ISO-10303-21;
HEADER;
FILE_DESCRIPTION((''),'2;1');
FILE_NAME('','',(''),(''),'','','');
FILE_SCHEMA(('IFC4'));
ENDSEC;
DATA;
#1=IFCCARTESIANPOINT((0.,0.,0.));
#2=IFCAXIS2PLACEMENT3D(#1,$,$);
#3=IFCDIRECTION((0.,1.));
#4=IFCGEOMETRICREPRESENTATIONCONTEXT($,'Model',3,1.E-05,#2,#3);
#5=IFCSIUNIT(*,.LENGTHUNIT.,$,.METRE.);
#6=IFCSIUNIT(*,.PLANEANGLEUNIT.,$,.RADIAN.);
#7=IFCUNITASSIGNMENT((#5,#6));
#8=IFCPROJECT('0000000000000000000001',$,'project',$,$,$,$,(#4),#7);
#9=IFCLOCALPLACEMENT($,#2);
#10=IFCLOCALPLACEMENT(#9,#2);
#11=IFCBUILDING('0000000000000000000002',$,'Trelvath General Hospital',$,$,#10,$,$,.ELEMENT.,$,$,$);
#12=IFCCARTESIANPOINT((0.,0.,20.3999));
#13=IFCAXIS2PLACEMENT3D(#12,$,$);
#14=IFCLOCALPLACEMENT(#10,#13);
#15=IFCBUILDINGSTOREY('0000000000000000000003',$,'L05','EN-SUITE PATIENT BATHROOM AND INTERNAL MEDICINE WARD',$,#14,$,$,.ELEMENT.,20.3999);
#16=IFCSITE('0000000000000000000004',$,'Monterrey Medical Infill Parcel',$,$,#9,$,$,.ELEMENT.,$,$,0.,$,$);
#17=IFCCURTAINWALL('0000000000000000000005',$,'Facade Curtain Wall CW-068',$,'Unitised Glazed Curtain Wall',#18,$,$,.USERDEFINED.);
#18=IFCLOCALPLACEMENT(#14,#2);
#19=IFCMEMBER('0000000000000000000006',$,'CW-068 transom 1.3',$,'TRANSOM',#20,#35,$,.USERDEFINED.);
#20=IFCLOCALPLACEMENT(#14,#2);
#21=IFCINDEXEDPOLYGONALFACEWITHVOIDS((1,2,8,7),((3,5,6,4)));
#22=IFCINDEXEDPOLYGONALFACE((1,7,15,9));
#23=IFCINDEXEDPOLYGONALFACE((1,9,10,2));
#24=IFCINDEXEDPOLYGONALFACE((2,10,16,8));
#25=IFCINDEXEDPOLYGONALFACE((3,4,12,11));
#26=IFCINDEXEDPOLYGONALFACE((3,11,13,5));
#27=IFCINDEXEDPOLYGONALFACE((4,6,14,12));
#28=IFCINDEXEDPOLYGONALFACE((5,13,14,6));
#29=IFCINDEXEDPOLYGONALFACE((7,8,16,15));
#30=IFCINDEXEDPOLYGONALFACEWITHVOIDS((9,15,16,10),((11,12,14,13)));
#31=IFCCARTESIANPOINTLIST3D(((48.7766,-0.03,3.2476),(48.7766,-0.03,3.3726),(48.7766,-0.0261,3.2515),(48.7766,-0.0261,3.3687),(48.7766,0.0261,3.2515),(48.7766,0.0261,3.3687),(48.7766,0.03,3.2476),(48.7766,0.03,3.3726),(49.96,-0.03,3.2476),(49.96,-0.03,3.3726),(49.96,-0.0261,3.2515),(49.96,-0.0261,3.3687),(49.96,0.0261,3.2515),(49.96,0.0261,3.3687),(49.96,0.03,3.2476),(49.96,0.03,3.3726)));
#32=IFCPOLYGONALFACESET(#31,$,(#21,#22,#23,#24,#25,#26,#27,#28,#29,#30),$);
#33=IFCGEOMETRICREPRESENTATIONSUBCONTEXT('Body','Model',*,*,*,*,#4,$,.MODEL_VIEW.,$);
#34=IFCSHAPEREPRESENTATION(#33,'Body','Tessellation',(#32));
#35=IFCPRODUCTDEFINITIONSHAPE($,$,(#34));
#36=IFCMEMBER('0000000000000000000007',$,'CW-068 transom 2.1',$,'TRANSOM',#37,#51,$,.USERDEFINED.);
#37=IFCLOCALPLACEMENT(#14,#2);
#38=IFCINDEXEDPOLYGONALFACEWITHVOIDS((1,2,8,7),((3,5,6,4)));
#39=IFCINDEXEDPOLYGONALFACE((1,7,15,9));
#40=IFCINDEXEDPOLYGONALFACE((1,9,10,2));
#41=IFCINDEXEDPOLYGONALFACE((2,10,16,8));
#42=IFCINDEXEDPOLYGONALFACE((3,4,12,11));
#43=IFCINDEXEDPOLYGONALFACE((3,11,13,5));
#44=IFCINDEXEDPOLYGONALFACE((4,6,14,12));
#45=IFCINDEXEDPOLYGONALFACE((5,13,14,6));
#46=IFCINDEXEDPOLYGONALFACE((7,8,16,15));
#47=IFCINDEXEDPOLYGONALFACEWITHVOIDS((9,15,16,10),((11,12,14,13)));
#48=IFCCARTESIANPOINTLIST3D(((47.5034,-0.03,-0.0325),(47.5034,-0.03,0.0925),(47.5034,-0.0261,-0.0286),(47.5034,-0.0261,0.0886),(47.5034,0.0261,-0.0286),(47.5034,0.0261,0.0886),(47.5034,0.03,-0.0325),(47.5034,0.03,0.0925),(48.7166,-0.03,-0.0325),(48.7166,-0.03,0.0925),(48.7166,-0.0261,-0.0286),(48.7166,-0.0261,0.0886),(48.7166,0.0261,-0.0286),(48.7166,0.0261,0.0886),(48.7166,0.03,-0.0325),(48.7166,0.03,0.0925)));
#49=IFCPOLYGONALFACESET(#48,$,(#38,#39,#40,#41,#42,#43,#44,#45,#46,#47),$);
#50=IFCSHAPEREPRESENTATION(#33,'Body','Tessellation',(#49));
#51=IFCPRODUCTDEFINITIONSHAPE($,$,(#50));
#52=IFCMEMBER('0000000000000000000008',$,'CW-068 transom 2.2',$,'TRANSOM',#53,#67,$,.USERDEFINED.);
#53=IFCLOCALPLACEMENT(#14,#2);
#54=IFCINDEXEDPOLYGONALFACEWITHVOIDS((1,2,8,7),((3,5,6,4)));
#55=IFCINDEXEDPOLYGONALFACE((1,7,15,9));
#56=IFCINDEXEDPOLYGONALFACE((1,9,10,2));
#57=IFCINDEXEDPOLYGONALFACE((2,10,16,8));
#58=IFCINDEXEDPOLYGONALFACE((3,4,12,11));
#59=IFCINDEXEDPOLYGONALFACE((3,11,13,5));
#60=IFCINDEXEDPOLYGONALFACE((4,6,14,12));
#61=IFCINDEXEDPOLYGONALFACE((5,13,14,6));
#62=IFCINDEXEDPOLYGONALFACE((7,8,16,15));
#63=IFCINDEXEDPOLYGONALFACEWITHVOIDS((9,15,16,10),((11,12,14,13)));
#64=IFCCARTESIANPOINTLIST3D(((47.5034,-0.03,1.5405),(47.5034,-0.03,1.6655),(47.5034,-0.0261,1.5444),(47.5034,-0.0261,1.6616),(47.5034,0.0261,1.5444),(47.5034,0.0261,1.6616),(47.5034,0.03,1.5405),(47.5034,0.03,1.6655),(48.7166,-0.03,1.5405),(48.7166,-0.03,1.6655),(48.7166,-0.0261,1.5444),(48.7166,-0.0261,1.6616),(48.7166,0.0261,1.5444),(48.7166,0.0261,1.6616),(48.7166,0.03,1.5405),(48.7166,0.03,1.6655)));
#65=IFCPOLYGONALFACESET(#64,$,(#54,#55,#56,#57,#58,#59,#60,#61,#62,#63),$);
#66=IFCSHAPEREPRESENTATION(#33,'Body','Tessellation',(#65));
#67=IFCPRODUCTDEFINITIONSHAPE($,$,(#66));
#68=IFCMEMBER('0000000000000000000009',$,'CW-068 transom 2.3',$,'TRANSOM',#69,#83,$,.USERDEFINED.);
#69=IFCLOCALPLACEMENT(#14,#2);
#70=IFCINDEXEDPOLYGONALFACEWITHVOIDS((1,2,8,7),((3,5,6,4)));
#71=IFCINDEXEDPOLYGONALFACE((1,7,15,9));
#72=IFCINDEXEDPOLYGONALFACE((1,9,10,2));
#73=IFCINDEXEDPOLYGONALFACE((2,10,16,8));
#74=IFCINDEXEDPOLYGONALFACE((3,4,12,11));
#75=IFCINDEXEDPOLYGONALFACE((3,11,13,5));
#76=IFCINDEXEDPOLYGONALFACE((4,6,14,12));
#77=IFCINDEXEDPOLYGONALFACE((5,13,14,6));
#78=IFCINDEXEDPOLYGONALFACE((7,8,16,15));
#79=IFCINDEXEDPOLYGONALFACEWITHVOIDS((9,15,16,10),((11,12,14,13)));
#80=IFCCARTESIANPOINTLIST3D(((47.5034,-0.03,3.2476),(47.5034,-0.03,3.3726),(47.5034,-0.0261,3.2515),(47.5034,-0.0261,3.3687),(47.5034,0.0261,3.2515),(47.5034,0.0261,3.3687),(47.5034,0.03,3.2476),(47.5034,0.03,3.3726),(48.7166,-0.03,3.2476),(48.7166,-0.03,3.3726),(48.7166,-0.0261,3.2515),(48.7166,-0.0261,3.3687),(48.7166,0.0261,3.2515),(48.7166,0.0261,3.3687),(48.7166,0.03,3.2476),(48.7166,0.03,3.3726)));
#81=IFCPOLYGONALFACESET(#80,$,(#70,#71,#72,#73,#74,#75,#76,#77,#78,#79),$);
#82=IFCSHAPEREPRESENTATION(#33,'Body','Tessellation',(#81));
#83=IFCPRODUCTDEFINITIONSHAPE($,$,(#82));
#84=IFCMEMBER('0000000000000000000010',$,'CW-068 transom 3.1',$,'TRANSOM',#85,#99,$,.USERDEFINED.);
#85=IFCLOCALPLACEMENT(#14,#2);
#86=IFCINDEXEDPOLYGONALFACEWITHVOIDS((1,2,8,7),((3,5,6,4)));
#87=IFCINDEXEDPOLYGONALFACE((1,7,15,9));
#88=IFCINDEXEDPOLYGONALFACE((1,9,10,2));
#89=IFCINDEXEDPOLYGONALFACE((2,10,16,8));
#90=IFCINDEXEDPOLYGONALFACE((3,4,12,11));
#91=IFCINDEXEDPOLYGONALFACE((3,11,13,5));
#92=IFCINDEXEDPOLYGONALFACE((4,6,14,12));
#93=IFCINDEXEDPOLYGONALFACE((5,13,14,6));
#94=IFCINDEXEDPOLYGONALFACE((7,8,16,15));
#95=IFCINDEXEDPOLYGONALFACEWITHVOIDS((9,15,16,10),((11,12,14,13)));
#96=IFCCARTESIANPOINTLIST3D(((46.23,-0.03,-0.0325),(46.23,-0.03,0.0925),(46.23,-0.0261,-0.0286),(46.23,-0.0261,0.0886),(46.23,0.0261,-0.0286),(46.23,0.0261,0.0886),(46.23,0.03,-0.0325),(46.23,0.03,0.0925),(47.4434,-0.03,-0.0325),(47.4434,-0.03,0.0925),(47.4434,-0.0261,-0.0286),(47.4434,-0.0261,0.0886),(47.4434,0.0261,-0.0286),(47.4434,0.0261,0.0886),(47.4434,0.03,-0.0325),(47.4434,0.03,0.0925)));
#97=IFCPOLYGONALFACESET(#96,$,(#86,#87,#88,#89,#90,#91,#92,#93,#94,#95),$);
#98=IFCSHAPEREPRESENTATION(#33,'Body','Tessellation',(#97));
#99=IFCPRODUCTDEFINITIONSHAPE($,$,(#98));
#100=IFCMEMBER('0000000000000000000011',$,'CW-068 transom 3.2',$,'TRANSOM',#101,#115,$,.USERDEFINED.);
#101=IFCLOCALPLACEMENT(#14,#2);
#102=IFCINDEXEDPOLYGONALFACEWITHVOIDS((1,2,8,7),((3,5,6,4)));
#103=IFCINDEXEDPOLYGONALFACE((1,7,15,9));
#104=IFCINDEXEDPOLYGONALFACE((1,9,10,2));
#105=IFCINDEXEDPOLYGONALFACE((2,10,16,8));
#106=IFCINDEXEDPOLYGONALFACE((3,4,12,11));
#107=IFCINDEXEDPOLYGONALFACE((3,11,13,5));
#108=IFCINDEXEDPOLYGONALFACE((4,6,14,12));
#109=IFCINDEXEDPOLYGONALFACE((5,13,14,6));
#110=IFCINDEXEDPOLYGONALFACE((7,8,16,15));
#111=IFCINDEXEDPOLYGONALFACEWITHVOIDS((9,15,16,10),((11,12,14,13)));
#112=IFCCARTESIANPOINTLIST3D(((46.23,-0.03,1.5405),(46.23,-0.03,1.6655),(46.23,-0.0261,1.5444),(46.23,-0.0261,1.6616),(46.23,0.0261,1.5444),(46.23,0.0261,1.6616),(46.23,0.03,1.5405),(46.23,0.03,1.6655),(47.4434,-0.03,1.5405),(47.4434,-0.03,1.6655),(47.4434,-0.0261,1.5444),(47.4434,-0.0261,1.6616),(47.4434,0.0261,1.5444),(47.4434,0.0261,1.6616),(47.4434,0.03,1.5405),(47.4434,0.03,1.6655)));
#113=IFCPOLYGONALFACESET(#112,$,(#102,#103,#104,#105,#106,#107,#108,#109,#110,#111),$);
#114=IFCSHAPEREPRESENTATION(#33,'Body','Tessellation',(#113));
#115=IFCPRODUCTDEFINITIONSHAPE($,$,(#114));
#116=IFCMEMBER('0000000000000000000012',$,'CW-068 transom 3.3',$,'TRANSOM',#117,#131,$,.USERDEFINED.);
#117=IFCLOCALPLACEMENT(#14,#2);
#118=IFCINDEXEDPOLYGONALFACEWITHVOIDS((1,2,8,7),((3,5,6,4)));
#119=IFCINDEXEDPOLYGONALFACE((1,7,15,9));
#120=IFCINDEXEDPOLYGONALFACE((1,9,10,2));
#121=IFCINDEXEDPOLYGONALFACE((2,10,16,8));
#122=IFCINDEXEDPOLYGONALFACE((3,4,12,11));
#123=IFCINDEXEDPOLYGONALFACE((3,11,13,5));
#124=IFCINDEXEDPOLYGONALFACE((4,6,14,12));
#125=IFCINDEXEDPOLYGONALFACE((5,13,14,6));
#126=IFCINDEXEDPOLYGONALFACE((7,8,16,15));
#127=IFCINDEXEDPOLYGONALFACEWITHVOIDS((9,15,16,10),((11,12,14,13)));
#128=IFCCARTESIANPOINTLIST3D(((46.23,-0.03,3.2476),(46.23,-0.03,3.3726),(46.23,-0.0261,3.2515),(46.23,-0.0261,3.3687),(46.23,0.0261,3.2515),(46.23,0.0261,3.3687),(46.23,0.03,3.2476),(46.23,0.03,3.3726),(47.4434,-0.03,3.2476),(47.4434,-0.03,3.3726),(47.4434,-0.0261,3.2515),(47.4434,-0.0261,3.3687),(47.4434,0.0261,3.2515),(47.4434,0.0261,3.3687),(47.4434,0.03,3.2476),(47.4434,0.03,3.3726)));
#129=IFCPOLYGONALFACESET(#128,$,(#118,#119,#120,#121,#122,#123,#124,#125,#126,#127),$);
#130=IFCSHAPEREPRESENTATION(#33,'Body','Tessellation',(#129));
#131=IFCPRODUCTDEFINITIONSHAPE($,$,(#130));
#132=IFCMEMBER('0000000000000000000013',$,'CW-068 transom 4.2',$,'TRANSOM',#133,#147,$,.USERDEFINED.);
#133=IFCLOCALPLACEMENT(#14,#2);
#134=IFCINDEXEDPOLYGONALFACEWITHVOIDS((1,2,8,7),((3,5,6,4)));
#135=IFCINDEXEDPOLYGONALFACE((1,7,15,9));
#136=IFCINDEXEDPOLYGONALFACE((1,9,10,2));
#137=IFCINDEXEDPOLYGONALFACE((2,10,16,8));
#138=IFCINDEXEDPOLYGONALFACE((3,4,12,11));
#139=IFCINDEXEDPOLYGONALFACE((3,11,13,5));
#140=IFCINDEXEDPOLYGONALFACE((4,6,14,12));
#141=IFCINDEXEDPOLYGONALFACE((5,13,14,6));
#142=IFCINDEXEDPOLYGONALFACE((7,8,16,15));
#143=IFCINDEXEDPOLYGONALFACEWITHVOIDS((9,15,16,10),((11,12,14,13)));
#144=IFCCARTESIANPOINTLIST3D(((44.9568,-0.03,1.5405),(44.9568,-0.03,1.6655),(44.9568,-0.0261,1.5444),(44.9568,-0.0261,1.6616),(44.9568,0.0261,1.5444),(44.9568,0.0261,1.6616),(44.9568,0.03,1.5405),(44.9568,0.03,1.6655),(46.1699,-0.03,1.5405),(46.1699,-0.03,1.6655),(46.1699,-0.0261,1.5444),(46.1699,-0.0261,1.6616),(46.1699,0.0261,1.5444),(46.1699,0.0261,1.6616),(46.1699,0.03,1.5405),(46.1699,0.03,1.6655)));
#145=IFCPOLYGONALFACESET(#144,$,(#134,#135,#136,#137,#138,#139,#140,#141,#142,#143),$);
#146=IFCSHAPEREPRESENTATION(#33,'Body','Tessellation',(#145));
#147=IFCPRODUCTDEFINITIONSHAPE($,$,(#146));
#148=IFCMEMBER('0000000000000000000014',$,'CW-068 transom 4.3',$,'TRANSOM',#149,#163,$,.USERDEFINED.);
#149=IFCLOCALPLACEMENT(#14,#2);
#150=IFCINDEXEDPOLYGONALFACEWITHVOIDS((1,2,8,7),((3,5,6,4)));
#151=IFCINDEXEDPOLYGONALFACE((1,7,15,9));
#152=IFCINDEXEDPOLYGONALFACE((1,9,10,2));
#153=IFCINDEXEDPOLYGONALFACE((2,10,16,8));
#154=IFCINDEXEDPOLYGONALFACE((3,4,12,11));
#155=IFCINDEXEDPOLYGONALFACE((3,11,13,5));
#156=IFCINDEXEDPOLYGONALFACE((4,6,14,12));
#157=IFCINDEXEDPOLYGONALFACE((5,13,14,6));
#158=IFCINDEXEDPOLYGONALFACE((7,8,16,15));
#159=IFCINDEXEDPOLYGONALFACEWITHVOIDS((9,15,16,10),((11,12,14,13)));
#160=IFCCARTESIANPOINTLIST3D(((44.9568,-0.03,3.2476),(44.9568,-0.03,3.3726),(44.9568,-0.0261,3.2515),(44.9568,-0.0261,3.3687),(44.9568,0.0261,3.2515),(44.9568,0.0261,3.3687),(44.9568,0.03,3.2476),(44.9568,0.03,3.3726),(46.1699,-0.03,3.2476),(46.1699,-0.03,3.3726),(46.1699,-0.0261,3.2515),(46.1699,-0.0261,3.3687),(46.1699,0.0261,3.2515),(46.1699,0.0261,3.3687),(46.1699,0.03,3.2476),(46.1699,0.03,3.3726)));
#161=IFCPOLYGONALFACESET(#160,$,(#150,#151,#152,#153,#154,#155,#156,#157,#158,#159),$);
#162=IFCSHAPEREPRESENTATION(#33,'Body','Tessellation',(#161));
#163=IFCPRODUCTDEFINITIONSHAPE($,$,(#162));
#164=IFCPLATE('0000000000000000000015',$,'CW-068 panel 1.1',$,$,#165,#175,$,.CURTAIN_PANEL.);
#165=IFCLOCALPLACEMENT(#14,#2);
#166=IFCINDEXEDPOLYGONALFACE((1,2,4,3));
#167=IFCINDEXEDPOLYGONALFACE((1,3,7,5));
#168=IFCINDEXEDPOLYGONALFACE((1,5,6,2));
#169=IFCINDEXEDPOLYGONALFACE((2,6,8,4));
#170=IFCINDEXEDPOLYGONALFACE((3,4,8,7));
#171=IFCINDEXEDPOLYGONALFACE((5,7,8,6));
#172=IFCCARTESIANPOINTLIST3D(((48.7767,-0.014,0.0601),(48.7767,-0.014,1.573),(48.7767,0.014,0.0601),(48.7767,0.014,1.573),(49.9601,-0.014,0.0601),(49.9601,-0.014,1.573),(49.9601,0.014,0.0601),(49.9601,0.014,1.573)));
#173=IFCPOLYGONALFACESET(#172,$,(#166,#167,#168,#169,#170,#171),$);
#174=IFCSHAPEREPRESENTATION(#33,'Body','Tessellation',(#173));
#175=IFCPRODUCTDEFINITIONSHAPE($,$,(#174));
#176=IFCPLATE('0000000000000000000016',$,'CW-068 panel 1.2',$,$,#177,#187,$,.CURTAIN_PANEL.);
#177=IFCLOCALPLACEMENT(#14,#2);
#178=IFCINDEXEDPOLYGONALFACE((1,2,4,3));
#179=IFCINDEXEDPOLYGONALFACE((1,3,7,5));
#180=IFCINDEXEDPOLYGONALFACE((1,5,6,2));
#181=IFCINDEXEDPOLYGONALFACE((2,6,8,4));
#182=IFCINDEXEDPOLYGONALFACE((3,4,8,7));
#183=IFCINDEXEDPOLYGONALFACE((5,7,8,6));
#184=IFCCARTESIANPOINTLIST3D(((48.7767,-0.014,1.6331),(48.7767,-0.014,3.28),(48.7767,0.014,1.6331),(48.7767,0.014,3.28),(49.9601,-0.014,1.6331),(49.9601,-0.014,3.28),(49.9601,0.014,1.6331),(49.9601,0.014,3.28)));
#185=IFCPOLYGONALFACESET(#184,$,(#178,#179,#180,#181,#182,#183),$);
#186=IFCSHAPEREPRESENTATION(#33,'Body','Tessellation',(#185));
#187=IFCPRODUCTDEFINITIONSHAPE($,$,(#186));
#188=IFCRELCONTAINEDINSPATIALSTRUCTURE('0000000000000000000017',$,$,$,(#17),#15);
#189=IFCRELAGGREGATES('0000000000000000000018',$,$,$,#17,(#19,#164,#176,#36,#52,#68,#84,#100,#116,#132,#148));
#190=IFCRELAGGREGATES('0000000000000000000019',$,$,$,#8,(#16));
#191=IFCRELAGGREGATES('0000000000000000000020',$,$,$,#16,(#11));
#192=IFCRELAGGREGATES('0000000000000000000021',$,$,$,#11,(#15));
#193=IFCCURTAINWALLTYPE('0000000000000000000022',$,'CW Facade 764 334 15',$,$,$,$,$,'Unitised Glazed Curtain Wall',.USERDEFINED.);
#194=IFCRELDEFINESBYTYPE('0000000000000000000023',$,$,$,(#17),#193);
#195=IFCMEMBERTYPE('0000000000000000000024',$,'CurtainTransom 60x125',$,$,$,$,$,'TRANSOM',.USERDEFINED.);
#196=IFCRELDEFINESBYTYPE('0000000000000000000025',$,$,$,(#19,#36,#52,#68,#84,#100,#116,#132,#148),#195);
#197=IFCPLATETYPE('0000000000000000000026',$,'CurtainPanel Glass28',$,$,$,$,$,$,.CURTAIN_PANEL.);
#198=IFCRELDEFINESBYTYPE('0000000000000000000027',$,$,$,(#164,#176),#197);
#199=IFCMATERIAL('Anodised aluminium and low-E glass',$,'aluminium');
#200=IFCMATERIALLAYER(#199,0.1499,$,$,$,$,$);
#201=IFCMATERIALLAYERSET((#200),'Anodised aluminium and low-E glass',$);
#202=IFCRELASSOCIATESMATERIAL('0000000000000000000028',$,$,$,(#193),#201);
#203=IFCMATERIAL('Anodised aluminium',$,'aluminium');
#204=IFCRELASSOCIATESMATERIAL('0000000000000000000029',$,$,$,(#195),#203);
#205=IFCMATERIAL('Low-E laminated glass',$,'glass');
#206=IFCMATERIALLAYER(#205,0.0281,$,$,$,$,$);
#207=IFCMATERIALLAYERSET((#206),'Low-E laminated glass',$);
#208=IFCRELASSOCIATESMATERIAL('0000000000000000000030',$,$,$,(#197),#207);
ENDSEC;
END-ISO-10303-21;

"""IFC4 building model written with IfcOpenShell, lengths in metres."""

from ifc_helpers import new_model, si_unit, direction, frame, origin, origin_2d, place, context, subcontext, project, spatial, rectangle, hollow_rectangle, extrude, material, layer, layer_set, material_profile, profile_set, type_object, element, aggregate, save


model = new_model("IFC4")

# Units and contexts
model_context = context("Model", 3, precision=1e-05, world=origin(), true_north=direction((0.0, 1.0)))
body_context = subcontext(model_context, "Body", "Model", "MODEL_VIEW")
ifc_project = project(units=[si_unit("LENGTHUNIT", "METRE"), si_unit("PLANEANGLEUNIT", "RADIAN")], contexts=[model_context])

# Site, building, storey
site_placement = place(None, origin())
site = spatial("IfcSite", under=ifc_project, at=site_placement, Name="Monterrey Medical Infill Parcel", CompositionType="ELEMENT", RefElevation=0.0)
building_placement = place(site_placement, origin())
building = spatial("IfcBuilding", under=site, at=building_placement, Name="Trelvath General Hospital", CompositionType="ELEMENT")
storey_placement = place(building_placement, frame((0.0, 0.0, 20.3999)))
storey = spatial("IfcBuildingStorey", under=building, at=storey_placement, Name="L05", Description="EN-SUITE PATIENT BATHROOM AND INTERNAL MEDICINE WARD", CompositionType="ELEMENT", Elevation=20.3999)

# Curtain wall, members, plates
ifc_material_1 = material(Name="Anodised aluminium and low-E glass", Category="aluminium")
ifc_layer_1 = layer(ifc_material_1, 0.1499)
ifc_layer_set_1 = layer_set([ifc_layer_1], Name="Anodised aluminium and low-E glass")
curtain_wall_type = type_object("IfcCurtainWallType", Name="CW Facade 764 334 15", ElementType="Unitised Glazed Curtain Wall", PredefinedType="USERDEFINED", material=ifc_layer_set_1)
curtain_wall_placement = place(storey_placement, origin())
curtain_wall = element("IfcCurtainWall", 1, at=curtain_wall_placement, inside=storey, type_object=curtain_wall_type, Name="Facade Curtain Wall CW-068", ObjectType="Unitised Glazed Curtain Wall", PredefinedType="USERDEFINED")
ifc_material_2 = material(Name="Anodised aluminium", Category="aluminium")
ifc_material_profile_1 = material_profile(ifc_material_2, hollow_rectangle(XDim=0.0601, YDim=0.125, WallThickness=0.0039, at=origin_2d()), Name="RHS60x125x4")
ifc_profile_set_1 = profile_set([ifc_material_profile_1], Name="Anodised aluminium")
member_type_1 = type_object("IfcMemberType", Name="CurtainTransom 60x125", ElementType="TRANSOM", PredefinedType="USERDEFINED", material=ifc_profile_set_1)
member_1_placement = place(storey_placement, frame((49.96, 0.0, 3.3101), z_axis=(-1.0, 0.0, 0.0), x_axis=(0.0, -1.0, 0.0)))
member_1 = element("IfcMember", 2, at=member_1_placement, type_object=member_type_1, Name="CW-068 transom 1.3", ObjectType="TRANSOM", PredefinedType="USERDEFINED", context=body_context, shape_type="SweptSolid", body=[
    extrude(hollow_rectangle(XDim=0.0601, YDim=0.125, WallThickness=0.0039, at=origin_2d()), origin(), (0.0, 0.0, 1.0), 1.1833),
])
member_2_placement = place(storey_placement, frame((48.7166, 0.0, 0.03), z_axis=(-1.0, 0.0, 0.0), x_axis=(0.0, -1.0, 0.0)))
member_2 = element("IfcMember", 3, at=member_2_placement, type_object=member_type_1, Name="CW-068 transom 2.1", ObjectType="TRANSOM", PredefinedType="USERDEFINED", context=body_context, shape_type="SweptSolid", body=[
    extrude(hollow_rectangle(XDim=0.0601, YDim=0.125, WallThickness=0.0039, at=origin_2d()), origin(), (0.0, 0.0, 1.0), 1.2131),
])
member_3_placement = place(storey_placement, frame((48.7166, 0.0, 1.603), z_axis=(-1.0, 0.0, 0.0), x_axis=(0.0, -1.0, 0.0)))
member_3 = element("IfcMember", 4, at=member_3_placement, type_object=member_type_1, Name="CW-068 transom 2.2", ObjectType="TRANSOM", PredefinedType="USERDEFINED", context=body_context, shape_type="SweptSolid", body=[
    extrude(hollow_rectangle(XDim=0.0601, YDim=0.125, WallThickness=0.0039, at=origin_2d()), origin(), (0.0, 0.0, 1.0), 1.2131),
])
member_4_placement = place(storey_placement, frame((48.7166, 0.0, 3.3101), z_axis=(-1.0, 0.0, 0.0), x_axis=(0.0, -1.0, 0.0)))
member_4 = element("IfcMember", 5, at=member_4_placement, type_object=member_type_1, Name="CW-068 transom 2.3", ObjectType="TRANSOM", PredefinedType="USERDEFINED", context=body_context, shape_type="SweptSolid", body=[
    extrude(hollow_rectangle(XDim=0.0601, YDim=0.125, WallThickness=0.0039, at=origin_2d()), origin(), (0.0, 0.0, 1.0), 1.2131),
])
member_5_placement = place(storey_placement, frame((47.4434, 0.0, 0.03), z_axis=(-1.0, 0.0, 0.0), x_axis=(0.0, -1.0, 0.0)))
member_5 = element("IfcMember", 6, at=member_5_placement, type_object=member_type_1, Name="CW-068 transom 3.1", ObjectType="TRANSOM", PredefinedType="USERDEFINED", context=body_context, shape_type="SweptSolid", body=[
    extrude(hollow_rectangle(XDim=0.0601, YDim=0.125, WallThickness=0.0039, at=origin_2d()), origin(), (0.0, 0.0, 1.0), 1.2134),
])
member_6_placement = place(storey_placement, frame((47.4434, 0.0, 1.603), z_axis=(-1.0, 0.0, 0.0), x_axis=(0.0, -1.0, 0.0)))
member_6 = element("IfcMember", 7, at=member_6_placement, type_object=member_type_1, Name="CW-068 transom 3.2", ObjectType="TRANSOM", PredefinedType="USERDEFINED", context=body_context, shape_type="SweptSolid", body=[
    extrude(hollow_rectangle(XDim=0.0601, YDim=0.125, WallThickness=0.0039, at=origin_2d()), origin(), (0.0, 0.0, 1.0), 1.2134),
])
member_7_placement = place(storey_placement, frame((47.4434, 0.0, 3.3101), z_axis=(-1.0, 0.0, 0.0), x_axis=(0.0, -1.0, 0.0)))
member_7 = element("IfcMember", 8, at=member_7_placement, type_object=member_type_1, Name="CW-068 transom 3.3", ObjectType="TRANSOM", PredefinedType="USERDEFINED", context=body_context, shape_type="SweptSolid", body=[
    extrude(hollow_rectangle(XDim=0.0601, YDim=0.125, WallThickness=0.0039, at=origin_2d()), origin(), (0.0, 0.0, 1.0), 1.2134),
])
member_8_placement = place(storey_placement, frame((46.1699, 0.0, 1.603), z_axis=(-1.0, 0.0, 0.0), x_axis=(0.0, -1.0, 0.0)))
member_8 = element("IfcMember", 9, at=member_8_placement, type_object=member_type_1, Name="CW-068 transom 4.2", ObjectType="TRANSOM", PredefinedType="USERDEFINED", context=body_context, shape_type="SweptSolid", body=[
    extrude(hollow_rectangle(XDim=0.0601, YDim=0.125, WallThickness=0.0039, at=origin_2d()), origin(), (0.0, 0.0, 1.0), 1.2131),
])
member_9_placement = place(storey_placement, frame((46.1699, 0.0, 3.3101), z_axis=(-1.0, 0.0, 0.0), x_axis=(0.0, -1.0, 0.0)))
member_9 = element("IfcMember", 10, at=member_9_placement, type_object=member_type_1, Name="CW-068 transom 4.3", ObjectType="TRANSOM", PredefinedType="USERDEFINED", context=body_context, shape_type="SweptSolid", body=[
    extrude(hollow_rectangle(XDim=0.0601, YDim=0.125, WallThickness=0.0039, at=origin_2d()), origin(), (0.0, 0.0, 1.0), 1.2131),
])
ifc_material_3 = material(Name="Low-E laminated glass", Category="glass")
ifc_layer_2 = layer(ifc_material_3, 0.0281)
ifc_layer_set_2 = layer_set([ifc_layer_2], Name="Low-E laminated glass")
plate_type = type_object("IfcPlateType", Name="CurtainPanel Glass28", PredefinedType="CURTAIN_PANEL", material=ifc_layer_set_2)
plate_1_placement = place(storey_placement, frame((49.3684, 0.0, 0.0601), z_axis=(0.0, 0.0, 1.0), x_axis=(-1.0, 0.0, 0.0)))
plate_1 = element("IfcPlate", 11, at=plate_1_placement, type_object=plate_type, Name="CW-068 panel 1.1", PredefinedType="CURTAIN_PANEL", context=body_context, shape_type="SweptSolid", body=[
    extrude(rectangle(XDim=1.1833, YDim=0.0281, at=origin_2d()), origin(), (0.0, 0.0, 1.0), 1.5129),
])
plate_2_placement = place(storey_placement, frame((49.3684, 0.0, 1.6331), z_axis=(0.0, 0.0, 1.0), x_axis=(-1.0, 0.0, 0.0)))
plate_2 = element("IfcPlate", 12, at=plate_2_placement, type_object=plate_type, Name="CW-068 panel 1.2", PredefinedType="CURTAIN_PANEL", context=body_context, shape_type="SweptSolid", body=[
    extrude(rectangle(XDim=1.1833, YDim=0.0281, at=origin_2d()), origin(), (0.0, 0.0, 1.0), 1.647),
])
aggregate(curtain_wall, [member_1, plate_1, plate_2, member_2, member_3, member_4, member_5, member_6, member_7, member_8, member_9])

save(model, "model.ifc")
